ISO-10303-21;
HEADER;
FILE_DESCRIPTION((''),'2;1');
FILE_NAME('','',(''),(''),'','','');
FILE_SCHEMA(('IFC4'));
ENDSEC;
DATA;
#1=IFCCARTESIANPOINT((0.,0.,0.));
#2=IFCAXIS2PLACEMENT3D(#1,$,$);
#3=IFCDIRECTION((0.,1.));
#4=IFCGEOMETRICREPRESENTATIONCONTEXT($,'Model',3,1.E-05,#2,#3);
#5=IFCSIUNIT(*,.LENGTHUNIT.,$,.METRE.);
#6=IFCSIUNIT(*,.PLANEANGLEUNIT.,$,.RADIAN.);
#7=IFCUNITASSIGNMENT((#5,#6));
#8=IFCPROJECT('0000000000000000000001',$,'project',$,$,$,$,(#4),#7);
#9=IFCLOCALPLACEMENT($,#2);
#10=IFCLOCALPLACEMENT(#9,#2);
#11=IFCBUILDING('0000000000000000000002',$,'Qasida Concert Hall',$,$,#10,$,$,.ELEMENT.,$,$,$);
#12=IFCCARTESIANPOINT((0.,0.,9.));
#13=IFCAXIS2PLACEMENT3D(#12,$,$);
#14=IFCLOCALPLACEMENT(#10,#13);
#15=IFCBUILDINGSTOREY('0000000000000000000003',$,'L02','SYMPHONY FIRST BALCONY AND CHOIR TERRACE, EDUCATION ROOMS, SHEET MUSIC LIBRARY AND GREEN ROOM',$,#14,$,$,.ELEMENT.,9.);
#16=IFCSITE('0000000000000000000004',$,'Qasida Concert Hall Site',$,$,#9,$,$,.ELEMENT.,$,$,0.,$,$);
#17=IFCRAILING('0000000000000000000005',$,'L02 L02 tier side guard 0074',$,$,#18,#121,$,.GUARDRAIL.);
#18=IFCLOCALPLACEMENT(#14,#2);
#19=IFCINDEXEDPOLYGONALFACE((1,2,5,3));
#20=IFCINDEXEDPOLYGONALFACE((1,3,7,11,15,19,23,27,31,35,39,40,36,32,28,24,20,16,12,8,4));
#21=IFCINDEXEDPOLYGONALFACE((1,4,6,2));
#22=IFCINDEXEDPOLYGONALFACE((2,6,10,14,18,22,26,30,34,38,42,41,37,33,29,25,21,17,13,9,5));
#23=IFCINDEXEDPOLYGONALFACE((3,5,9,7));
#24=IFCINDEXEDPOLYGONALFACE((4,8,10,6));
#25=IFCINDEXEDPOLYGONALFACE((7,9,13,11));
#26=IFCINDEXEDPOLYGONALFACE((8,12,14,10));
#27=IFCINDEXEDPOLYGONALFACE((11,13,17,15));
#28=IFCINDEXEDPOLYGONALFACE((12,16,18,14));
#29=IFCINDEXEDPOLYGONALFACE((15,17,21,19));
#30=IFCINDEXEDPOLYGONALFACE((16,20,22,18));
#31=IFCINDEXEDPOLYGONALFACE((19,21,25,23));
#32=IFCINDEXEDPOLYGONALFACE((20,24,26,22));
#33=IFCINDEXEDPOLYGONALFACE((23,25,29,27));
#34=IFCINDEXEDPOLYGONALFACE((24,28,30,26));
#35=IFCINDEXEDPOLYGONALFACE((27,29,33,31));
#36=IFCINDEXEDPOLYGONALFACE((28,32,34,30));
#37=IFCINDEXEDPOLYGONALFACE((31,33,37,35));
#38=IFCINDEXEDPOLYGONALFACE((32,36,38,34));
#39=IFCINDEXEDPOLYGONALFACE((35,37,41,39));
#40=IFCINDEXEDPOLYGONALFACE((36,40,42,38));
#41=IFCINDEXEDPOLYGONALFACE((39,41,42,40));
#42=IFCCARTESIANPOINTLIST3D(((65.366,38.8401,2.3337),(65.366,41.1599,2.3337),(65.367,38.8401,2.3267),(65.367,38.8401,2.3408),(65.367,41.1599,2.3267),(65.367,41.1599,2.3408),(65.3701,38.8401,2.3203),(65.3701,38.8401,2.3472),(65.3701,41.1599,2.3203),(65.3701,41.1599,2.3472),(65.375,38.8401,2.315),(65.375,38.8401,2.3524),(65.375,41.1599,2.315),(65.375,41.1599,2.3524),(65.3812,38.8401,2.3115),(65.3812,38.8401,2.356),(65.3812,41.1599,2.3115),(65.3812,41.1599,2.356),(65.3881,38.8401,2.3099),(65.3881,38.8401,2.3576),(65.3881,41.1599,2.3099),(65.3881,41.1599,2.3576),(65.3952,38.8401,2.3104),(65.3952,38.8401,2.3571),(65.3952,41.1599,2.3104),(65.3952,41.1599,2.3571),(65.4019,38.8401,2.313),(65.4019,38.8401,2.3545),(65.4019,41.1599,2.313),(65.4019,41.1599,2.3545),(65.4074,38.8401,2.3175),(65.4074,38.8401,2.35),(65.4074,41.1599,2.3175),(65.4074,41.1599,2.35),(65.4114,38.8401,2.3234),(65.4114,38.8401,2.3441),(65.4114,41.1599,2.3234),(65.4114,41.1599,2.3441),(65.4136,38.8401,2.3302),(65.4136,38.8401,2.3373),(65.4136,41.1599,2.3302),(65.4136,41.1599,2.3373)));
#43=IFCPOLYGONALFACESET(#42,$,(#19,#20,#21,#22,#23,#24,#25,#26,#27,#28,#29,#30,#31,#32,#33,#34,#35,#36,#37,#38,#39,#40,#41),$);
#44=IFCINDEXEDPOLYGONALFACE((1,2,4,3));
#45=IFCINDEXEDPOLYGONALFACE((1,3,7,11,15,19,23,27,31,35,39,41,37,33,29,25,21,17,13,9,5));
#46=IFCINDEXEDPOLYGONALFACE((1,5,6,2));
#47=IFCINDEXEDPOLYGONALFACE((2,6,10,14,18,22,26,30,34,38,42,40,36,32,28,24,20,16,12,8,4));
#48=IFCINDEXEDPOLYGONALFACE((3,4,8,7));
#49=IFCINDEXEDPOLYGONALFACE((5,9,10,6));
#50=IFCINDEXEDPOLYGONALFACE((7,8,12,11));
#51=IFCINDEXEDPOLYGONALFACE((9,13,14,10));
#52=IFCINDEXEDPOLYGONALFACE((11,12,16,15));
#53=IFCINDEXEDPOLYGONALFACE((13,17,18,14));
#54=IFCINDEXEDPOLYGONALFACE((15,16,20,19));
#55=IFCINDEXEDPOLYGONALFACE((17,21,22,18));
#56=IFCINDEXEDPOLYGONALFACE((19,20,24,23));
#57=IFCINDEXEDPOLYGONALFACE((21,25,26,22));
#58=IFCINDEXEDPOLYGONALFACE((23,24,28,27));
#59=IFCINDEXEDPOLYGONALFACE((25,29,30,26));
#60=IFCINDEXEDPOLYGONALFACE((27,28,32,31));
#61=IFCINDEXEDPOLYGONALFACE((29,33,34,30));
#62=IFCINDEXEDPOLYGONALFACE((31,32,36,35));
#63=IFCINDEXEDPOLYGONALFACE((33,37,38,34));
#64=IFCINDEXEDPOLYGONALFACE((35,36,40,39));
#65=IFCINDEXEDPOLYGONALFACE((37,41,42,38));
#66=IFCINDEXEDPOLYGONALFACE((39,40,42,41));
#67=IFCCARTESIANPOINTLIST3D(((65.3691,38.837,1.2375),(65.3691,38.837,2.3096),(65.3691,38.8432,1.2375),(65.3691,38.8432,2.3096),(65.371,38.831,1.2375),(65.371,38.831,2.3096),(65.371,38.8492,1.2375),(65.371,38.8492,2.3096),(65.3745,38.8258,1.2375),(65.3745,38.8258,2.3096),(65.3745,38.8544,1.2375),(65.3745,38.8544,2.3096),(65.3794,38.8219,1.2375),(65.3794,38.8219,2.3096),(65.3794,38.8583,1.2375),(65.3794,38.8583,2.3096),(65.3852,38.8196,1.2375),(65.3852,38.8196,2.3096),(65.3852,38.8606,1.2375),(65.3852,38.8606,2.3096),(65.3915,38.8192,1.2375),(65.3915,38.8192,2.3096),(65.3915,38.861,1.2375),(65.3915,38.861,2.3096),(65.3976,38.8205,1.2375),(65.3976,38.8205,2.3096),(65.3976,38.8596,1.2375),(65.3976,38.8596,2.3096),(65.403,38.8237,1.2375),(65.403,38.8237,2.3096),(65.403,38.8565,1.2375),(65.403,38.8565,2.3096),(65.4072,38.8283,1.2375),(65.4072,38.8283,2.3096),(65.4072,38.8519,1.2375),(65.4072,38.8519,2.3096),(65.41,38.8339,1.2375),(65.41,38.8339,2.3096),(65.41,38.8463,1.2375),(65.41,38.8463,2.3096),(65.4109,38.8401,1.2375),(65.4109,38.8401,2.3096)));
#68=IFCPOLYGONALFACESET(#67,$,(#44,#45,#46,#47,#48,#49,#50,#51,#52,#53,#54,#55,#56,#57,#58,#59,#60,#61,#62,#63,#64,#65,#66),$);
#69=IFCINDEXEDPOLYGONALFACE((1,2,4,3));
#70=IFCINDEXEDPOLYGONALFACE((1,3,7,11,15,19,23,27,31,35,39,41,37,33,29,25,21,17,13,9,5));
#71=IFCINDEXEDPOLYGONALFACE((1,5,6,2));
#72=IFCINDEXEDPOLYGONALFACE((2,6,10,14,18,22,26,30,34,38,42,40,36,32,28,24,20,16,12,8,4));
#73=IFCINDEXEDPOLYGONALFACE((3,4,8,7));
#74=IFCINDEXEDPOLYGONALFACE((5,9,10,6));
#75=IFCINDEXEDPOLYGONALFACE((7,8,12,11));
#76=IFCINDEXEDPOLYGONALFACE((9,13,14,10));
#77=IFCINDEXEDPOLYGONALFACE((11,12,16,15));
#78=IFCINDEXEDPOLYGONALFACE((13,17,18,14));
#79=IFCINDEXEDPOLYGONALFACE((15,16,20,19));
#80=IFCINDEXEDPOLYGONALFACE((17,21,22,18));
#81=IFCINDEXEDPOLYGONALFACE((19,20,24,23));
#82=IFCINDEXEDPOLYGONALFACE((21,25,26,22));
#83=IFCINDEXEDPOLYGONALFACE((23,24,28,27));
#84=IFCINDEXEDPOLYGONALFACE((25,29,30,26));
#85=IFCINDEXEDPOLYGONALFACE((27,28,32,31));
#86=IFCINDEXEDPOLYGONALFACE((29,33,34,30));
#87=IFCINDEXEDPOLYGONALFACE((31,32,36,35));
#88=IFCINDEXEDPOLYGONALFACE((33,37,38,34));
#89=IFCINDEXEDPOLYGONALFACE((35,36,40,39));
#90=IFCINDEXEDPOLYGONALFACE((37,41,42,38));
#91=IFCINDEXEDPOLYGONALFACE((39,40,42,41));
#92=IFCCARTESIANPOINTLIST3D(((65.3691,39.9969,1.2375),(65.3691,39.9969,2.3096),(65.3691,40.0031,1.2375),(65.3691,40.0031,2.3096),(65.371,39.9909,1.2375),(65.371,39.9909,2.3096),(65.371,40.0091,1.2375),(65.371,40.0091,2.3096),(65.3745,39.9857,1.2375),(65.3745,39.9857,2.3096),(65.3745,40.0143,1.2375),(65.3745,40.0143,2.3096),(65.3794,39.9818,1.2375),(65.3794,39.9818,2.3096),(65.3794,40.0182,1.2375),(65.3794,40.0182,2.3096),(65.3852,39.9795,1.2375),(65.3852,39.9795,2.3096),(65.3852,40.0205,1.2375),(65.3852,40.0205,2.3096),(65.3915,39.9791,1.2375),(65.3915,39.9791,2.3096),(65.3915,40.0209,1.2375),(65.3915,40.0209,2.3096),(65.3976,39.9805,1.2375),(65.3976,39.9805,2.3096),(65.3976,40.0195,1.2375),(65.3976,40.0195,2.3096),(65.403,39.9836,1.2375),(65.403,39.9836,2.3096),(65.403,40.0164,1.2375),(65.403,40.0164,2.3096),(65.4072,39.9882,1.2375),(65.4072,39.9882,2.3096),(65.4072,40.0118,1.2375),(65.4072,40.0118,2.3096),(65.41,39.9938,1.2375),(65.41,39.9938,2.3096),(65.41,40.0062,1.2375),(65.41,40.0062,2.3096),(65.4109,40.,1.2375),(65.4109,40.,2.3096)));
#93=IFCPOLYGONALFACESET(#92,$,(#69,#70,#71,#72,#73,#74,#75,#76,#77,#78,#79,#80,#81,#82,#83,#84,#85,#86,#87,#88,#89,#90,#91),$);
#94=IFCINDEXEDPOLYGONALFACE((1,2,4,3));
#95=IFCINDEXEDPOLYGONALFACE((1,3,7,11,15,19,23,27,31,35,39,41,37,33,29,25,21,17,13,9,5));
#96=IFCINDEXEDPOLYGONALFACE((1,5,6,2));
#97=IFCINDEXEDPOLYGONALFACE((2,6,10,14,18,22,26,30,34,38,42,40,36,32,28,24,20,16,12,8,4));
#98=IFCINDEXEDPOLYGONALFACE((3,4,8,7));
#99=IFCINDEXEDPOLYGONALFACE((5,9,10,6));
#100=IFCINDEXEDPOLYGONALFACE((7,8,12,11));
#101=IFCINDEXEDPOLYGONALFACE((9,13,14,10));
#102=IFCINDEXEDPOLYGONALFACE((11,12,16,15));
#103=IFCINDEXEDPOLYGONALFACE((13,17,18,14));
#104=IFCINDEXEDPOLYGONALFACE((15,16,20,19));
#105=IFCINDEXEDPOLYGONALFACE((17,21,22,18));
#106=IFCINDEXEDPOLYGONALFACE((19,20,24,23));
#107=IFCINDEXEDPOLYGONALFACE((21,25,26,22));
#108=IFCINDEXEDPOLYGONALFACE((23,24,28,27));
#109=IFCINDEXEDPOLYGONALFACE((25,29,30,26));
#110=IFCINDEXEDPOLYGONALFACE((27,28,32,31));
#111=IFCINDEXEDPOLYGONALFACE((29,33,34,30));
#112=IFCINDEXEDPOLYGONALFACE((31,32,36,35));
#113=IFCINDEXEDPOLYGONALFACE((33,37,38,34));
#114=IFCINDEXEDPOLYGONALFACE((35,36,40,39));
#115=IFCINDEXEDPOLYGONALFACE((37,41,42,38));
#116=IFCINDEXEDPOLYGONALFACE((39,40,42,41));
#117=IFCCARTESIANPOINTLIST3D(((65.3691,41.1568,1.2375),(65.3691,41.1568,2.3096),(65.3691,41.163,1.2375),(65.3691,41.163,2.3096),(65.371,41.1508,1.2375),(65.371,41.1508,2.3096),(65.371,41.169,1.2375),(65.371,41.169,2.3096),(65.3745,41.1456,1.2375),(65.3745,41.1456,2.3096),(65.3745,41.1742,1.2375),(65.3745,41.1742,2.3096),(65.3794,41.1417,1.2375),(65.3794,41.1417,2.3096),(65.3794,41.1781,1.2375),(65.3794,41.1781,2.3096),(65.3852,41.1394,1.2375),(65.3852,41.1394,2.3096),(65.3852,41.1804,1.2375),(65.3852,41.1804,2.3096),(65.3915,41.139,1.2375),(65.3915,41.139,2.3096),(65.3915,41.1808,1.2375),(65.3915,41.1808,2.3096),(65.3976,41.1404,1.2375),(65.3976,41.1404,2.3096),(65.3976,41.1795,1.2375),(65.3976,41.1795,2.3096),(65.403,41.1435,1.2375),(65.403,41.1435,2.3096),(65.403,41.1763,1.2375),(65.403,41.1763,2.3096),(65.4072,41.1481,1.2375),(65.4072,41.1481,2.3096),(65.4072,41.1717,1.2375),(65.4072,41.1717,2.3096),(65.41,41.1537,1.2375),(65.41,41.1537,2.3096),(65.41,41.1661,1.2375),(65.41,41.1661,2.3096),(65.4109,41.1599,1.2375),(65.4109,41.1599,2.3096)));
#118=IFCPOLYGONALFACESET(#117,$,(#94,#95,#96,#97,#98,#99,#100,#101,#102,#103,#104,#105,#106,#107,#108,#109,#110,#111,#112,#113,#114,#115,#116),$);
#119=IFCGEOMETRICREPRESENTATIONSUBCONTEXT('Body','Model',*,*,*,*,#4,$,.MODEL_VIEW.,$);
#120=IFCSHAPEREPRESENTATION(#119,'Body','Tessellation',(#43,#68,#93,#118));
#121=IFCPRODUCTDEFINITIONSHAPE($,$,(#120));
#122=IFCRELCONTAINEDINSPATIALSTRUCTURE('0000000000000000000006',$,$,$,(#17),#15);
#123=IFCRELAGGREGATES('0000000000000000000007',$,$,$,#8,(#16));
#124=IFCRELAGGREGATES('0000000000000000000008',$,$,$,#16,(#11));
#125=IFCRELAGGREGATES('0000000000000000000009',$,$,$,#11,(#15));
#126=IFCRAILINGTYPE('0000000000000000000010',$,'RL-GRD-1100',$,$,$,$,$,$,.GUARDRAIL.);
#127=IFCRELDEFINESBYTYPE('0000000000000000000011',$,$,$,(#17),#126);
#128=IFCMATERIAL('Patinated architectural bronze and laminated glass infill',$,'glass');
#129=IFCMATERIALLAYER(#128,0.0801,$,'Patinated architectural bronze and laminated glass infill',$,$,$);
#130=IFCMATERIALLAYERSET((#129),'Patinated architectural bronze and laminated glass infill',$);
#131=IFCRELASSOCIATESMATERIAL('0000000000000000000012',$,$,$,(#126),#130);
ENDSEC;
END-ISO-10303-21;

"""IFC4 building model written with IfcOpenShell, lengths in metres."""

from ifc_helpers import new_model, si_unit, direction, frame, origin, origin_2d, place, context, subcontext, project, spatial, circle, extrude, material, layer, layer_set, type_object, element, save


model = new_model("IFC4")

# Units and contexts
model_context = context("Model", 3, precision=1e-05, world=origin(), true_north=direction((0.0, 1.0)))
body_context = subcontext(model_context, "Body", "Model", "MODEL_VIEW")
ifc_project = project(units=[si_unit("LENGTHUNIT", "METRE"), si_unit("PLANEANGLEUNIT", "RADIAN")], contexts=[model_context])

# Site, building, storey
site_placement = place(None, origin())
site = spatial("IfcSite", under=ifc_project, at=site_placement, Name="Qasida Concert Hall Site", CompositionType="ELEMENT", RefElevation=0.0)
building_placement = place(site_placement, origin())
building = spatial("IfcBuilding", under=site, at=building_placement, Name="Qasida Concert Hall", CompositionType="ELEMENT")
storey_placement = place(building_placement, frame((0.0, 0.0, 9.0)))
storey = spatial("IfcBuildingStorey", under=building, at=storey_placement, Name="L02", Description="SYMPHONY FIRST BALCONY AND CHOIR TERRACE, EDUCATION ROOMS, SHEET MUSIC LIBRARY AND GREEN ROOM", CompositionType="ELEMENT", Elevation=9.0)

# Railing
ifc_material_1 = material(Name="Patinated architectural bronze and laminated glass infill", Category="glass")
ifc_layer_1 = layer(ifc_material_1, 0.0801, Name="Patinated architectural bronze and laminated glass infill")
ifc_layer_set_1 = layer_set([ifc_layer_1], Name="Patinated architectural bronze and laminated glass infill")
railing_type_1 = type_object("IfcRailingType", Name="RL-GRD-1100", PredefinedType="GUARDRAIL", material=ifc_layer_set_1)
for number, where, name in (
    (1, (65.3899, 38.8401, 1.2375), "L02 L02 tier side guard 0074"),
):
    element("IfcRailing", number, at=place(storey_placement, frame(where)), inside=storey, type_object=railing_type_1, Name=name, PredefinedType="GUARDRAIL", context=body_context, shape_type="SweptSolid", body=[
        extrude(circle(Radius=0.0239, at=origin_2d()), frame((0.0, 0.0, 1.0962), z_axis=(0.0, 1.0, 0.0), x_axis=(-1.0, 0.0, 0.0)), (0.0, 0.0, 1.0), 2.3198),
        extrude(circle(Radius=0.021, at=origin_2d()), origin(), (0.0, 0.0, 1.0), 1.072),
        extrude(circle(Radius=0.021, at=origin_2d()), frame((0.0, 1.1599, 0.0)), (0.0, 0.0, 1.0), 1.072),
        extrude(circle(Radius=0.021, at=origin_2d()), frame((0.0, 2.3198, 0.0)), (0.0, 0.0, 1.0), 1.072),
    ])

save(model, "model.ifc")
